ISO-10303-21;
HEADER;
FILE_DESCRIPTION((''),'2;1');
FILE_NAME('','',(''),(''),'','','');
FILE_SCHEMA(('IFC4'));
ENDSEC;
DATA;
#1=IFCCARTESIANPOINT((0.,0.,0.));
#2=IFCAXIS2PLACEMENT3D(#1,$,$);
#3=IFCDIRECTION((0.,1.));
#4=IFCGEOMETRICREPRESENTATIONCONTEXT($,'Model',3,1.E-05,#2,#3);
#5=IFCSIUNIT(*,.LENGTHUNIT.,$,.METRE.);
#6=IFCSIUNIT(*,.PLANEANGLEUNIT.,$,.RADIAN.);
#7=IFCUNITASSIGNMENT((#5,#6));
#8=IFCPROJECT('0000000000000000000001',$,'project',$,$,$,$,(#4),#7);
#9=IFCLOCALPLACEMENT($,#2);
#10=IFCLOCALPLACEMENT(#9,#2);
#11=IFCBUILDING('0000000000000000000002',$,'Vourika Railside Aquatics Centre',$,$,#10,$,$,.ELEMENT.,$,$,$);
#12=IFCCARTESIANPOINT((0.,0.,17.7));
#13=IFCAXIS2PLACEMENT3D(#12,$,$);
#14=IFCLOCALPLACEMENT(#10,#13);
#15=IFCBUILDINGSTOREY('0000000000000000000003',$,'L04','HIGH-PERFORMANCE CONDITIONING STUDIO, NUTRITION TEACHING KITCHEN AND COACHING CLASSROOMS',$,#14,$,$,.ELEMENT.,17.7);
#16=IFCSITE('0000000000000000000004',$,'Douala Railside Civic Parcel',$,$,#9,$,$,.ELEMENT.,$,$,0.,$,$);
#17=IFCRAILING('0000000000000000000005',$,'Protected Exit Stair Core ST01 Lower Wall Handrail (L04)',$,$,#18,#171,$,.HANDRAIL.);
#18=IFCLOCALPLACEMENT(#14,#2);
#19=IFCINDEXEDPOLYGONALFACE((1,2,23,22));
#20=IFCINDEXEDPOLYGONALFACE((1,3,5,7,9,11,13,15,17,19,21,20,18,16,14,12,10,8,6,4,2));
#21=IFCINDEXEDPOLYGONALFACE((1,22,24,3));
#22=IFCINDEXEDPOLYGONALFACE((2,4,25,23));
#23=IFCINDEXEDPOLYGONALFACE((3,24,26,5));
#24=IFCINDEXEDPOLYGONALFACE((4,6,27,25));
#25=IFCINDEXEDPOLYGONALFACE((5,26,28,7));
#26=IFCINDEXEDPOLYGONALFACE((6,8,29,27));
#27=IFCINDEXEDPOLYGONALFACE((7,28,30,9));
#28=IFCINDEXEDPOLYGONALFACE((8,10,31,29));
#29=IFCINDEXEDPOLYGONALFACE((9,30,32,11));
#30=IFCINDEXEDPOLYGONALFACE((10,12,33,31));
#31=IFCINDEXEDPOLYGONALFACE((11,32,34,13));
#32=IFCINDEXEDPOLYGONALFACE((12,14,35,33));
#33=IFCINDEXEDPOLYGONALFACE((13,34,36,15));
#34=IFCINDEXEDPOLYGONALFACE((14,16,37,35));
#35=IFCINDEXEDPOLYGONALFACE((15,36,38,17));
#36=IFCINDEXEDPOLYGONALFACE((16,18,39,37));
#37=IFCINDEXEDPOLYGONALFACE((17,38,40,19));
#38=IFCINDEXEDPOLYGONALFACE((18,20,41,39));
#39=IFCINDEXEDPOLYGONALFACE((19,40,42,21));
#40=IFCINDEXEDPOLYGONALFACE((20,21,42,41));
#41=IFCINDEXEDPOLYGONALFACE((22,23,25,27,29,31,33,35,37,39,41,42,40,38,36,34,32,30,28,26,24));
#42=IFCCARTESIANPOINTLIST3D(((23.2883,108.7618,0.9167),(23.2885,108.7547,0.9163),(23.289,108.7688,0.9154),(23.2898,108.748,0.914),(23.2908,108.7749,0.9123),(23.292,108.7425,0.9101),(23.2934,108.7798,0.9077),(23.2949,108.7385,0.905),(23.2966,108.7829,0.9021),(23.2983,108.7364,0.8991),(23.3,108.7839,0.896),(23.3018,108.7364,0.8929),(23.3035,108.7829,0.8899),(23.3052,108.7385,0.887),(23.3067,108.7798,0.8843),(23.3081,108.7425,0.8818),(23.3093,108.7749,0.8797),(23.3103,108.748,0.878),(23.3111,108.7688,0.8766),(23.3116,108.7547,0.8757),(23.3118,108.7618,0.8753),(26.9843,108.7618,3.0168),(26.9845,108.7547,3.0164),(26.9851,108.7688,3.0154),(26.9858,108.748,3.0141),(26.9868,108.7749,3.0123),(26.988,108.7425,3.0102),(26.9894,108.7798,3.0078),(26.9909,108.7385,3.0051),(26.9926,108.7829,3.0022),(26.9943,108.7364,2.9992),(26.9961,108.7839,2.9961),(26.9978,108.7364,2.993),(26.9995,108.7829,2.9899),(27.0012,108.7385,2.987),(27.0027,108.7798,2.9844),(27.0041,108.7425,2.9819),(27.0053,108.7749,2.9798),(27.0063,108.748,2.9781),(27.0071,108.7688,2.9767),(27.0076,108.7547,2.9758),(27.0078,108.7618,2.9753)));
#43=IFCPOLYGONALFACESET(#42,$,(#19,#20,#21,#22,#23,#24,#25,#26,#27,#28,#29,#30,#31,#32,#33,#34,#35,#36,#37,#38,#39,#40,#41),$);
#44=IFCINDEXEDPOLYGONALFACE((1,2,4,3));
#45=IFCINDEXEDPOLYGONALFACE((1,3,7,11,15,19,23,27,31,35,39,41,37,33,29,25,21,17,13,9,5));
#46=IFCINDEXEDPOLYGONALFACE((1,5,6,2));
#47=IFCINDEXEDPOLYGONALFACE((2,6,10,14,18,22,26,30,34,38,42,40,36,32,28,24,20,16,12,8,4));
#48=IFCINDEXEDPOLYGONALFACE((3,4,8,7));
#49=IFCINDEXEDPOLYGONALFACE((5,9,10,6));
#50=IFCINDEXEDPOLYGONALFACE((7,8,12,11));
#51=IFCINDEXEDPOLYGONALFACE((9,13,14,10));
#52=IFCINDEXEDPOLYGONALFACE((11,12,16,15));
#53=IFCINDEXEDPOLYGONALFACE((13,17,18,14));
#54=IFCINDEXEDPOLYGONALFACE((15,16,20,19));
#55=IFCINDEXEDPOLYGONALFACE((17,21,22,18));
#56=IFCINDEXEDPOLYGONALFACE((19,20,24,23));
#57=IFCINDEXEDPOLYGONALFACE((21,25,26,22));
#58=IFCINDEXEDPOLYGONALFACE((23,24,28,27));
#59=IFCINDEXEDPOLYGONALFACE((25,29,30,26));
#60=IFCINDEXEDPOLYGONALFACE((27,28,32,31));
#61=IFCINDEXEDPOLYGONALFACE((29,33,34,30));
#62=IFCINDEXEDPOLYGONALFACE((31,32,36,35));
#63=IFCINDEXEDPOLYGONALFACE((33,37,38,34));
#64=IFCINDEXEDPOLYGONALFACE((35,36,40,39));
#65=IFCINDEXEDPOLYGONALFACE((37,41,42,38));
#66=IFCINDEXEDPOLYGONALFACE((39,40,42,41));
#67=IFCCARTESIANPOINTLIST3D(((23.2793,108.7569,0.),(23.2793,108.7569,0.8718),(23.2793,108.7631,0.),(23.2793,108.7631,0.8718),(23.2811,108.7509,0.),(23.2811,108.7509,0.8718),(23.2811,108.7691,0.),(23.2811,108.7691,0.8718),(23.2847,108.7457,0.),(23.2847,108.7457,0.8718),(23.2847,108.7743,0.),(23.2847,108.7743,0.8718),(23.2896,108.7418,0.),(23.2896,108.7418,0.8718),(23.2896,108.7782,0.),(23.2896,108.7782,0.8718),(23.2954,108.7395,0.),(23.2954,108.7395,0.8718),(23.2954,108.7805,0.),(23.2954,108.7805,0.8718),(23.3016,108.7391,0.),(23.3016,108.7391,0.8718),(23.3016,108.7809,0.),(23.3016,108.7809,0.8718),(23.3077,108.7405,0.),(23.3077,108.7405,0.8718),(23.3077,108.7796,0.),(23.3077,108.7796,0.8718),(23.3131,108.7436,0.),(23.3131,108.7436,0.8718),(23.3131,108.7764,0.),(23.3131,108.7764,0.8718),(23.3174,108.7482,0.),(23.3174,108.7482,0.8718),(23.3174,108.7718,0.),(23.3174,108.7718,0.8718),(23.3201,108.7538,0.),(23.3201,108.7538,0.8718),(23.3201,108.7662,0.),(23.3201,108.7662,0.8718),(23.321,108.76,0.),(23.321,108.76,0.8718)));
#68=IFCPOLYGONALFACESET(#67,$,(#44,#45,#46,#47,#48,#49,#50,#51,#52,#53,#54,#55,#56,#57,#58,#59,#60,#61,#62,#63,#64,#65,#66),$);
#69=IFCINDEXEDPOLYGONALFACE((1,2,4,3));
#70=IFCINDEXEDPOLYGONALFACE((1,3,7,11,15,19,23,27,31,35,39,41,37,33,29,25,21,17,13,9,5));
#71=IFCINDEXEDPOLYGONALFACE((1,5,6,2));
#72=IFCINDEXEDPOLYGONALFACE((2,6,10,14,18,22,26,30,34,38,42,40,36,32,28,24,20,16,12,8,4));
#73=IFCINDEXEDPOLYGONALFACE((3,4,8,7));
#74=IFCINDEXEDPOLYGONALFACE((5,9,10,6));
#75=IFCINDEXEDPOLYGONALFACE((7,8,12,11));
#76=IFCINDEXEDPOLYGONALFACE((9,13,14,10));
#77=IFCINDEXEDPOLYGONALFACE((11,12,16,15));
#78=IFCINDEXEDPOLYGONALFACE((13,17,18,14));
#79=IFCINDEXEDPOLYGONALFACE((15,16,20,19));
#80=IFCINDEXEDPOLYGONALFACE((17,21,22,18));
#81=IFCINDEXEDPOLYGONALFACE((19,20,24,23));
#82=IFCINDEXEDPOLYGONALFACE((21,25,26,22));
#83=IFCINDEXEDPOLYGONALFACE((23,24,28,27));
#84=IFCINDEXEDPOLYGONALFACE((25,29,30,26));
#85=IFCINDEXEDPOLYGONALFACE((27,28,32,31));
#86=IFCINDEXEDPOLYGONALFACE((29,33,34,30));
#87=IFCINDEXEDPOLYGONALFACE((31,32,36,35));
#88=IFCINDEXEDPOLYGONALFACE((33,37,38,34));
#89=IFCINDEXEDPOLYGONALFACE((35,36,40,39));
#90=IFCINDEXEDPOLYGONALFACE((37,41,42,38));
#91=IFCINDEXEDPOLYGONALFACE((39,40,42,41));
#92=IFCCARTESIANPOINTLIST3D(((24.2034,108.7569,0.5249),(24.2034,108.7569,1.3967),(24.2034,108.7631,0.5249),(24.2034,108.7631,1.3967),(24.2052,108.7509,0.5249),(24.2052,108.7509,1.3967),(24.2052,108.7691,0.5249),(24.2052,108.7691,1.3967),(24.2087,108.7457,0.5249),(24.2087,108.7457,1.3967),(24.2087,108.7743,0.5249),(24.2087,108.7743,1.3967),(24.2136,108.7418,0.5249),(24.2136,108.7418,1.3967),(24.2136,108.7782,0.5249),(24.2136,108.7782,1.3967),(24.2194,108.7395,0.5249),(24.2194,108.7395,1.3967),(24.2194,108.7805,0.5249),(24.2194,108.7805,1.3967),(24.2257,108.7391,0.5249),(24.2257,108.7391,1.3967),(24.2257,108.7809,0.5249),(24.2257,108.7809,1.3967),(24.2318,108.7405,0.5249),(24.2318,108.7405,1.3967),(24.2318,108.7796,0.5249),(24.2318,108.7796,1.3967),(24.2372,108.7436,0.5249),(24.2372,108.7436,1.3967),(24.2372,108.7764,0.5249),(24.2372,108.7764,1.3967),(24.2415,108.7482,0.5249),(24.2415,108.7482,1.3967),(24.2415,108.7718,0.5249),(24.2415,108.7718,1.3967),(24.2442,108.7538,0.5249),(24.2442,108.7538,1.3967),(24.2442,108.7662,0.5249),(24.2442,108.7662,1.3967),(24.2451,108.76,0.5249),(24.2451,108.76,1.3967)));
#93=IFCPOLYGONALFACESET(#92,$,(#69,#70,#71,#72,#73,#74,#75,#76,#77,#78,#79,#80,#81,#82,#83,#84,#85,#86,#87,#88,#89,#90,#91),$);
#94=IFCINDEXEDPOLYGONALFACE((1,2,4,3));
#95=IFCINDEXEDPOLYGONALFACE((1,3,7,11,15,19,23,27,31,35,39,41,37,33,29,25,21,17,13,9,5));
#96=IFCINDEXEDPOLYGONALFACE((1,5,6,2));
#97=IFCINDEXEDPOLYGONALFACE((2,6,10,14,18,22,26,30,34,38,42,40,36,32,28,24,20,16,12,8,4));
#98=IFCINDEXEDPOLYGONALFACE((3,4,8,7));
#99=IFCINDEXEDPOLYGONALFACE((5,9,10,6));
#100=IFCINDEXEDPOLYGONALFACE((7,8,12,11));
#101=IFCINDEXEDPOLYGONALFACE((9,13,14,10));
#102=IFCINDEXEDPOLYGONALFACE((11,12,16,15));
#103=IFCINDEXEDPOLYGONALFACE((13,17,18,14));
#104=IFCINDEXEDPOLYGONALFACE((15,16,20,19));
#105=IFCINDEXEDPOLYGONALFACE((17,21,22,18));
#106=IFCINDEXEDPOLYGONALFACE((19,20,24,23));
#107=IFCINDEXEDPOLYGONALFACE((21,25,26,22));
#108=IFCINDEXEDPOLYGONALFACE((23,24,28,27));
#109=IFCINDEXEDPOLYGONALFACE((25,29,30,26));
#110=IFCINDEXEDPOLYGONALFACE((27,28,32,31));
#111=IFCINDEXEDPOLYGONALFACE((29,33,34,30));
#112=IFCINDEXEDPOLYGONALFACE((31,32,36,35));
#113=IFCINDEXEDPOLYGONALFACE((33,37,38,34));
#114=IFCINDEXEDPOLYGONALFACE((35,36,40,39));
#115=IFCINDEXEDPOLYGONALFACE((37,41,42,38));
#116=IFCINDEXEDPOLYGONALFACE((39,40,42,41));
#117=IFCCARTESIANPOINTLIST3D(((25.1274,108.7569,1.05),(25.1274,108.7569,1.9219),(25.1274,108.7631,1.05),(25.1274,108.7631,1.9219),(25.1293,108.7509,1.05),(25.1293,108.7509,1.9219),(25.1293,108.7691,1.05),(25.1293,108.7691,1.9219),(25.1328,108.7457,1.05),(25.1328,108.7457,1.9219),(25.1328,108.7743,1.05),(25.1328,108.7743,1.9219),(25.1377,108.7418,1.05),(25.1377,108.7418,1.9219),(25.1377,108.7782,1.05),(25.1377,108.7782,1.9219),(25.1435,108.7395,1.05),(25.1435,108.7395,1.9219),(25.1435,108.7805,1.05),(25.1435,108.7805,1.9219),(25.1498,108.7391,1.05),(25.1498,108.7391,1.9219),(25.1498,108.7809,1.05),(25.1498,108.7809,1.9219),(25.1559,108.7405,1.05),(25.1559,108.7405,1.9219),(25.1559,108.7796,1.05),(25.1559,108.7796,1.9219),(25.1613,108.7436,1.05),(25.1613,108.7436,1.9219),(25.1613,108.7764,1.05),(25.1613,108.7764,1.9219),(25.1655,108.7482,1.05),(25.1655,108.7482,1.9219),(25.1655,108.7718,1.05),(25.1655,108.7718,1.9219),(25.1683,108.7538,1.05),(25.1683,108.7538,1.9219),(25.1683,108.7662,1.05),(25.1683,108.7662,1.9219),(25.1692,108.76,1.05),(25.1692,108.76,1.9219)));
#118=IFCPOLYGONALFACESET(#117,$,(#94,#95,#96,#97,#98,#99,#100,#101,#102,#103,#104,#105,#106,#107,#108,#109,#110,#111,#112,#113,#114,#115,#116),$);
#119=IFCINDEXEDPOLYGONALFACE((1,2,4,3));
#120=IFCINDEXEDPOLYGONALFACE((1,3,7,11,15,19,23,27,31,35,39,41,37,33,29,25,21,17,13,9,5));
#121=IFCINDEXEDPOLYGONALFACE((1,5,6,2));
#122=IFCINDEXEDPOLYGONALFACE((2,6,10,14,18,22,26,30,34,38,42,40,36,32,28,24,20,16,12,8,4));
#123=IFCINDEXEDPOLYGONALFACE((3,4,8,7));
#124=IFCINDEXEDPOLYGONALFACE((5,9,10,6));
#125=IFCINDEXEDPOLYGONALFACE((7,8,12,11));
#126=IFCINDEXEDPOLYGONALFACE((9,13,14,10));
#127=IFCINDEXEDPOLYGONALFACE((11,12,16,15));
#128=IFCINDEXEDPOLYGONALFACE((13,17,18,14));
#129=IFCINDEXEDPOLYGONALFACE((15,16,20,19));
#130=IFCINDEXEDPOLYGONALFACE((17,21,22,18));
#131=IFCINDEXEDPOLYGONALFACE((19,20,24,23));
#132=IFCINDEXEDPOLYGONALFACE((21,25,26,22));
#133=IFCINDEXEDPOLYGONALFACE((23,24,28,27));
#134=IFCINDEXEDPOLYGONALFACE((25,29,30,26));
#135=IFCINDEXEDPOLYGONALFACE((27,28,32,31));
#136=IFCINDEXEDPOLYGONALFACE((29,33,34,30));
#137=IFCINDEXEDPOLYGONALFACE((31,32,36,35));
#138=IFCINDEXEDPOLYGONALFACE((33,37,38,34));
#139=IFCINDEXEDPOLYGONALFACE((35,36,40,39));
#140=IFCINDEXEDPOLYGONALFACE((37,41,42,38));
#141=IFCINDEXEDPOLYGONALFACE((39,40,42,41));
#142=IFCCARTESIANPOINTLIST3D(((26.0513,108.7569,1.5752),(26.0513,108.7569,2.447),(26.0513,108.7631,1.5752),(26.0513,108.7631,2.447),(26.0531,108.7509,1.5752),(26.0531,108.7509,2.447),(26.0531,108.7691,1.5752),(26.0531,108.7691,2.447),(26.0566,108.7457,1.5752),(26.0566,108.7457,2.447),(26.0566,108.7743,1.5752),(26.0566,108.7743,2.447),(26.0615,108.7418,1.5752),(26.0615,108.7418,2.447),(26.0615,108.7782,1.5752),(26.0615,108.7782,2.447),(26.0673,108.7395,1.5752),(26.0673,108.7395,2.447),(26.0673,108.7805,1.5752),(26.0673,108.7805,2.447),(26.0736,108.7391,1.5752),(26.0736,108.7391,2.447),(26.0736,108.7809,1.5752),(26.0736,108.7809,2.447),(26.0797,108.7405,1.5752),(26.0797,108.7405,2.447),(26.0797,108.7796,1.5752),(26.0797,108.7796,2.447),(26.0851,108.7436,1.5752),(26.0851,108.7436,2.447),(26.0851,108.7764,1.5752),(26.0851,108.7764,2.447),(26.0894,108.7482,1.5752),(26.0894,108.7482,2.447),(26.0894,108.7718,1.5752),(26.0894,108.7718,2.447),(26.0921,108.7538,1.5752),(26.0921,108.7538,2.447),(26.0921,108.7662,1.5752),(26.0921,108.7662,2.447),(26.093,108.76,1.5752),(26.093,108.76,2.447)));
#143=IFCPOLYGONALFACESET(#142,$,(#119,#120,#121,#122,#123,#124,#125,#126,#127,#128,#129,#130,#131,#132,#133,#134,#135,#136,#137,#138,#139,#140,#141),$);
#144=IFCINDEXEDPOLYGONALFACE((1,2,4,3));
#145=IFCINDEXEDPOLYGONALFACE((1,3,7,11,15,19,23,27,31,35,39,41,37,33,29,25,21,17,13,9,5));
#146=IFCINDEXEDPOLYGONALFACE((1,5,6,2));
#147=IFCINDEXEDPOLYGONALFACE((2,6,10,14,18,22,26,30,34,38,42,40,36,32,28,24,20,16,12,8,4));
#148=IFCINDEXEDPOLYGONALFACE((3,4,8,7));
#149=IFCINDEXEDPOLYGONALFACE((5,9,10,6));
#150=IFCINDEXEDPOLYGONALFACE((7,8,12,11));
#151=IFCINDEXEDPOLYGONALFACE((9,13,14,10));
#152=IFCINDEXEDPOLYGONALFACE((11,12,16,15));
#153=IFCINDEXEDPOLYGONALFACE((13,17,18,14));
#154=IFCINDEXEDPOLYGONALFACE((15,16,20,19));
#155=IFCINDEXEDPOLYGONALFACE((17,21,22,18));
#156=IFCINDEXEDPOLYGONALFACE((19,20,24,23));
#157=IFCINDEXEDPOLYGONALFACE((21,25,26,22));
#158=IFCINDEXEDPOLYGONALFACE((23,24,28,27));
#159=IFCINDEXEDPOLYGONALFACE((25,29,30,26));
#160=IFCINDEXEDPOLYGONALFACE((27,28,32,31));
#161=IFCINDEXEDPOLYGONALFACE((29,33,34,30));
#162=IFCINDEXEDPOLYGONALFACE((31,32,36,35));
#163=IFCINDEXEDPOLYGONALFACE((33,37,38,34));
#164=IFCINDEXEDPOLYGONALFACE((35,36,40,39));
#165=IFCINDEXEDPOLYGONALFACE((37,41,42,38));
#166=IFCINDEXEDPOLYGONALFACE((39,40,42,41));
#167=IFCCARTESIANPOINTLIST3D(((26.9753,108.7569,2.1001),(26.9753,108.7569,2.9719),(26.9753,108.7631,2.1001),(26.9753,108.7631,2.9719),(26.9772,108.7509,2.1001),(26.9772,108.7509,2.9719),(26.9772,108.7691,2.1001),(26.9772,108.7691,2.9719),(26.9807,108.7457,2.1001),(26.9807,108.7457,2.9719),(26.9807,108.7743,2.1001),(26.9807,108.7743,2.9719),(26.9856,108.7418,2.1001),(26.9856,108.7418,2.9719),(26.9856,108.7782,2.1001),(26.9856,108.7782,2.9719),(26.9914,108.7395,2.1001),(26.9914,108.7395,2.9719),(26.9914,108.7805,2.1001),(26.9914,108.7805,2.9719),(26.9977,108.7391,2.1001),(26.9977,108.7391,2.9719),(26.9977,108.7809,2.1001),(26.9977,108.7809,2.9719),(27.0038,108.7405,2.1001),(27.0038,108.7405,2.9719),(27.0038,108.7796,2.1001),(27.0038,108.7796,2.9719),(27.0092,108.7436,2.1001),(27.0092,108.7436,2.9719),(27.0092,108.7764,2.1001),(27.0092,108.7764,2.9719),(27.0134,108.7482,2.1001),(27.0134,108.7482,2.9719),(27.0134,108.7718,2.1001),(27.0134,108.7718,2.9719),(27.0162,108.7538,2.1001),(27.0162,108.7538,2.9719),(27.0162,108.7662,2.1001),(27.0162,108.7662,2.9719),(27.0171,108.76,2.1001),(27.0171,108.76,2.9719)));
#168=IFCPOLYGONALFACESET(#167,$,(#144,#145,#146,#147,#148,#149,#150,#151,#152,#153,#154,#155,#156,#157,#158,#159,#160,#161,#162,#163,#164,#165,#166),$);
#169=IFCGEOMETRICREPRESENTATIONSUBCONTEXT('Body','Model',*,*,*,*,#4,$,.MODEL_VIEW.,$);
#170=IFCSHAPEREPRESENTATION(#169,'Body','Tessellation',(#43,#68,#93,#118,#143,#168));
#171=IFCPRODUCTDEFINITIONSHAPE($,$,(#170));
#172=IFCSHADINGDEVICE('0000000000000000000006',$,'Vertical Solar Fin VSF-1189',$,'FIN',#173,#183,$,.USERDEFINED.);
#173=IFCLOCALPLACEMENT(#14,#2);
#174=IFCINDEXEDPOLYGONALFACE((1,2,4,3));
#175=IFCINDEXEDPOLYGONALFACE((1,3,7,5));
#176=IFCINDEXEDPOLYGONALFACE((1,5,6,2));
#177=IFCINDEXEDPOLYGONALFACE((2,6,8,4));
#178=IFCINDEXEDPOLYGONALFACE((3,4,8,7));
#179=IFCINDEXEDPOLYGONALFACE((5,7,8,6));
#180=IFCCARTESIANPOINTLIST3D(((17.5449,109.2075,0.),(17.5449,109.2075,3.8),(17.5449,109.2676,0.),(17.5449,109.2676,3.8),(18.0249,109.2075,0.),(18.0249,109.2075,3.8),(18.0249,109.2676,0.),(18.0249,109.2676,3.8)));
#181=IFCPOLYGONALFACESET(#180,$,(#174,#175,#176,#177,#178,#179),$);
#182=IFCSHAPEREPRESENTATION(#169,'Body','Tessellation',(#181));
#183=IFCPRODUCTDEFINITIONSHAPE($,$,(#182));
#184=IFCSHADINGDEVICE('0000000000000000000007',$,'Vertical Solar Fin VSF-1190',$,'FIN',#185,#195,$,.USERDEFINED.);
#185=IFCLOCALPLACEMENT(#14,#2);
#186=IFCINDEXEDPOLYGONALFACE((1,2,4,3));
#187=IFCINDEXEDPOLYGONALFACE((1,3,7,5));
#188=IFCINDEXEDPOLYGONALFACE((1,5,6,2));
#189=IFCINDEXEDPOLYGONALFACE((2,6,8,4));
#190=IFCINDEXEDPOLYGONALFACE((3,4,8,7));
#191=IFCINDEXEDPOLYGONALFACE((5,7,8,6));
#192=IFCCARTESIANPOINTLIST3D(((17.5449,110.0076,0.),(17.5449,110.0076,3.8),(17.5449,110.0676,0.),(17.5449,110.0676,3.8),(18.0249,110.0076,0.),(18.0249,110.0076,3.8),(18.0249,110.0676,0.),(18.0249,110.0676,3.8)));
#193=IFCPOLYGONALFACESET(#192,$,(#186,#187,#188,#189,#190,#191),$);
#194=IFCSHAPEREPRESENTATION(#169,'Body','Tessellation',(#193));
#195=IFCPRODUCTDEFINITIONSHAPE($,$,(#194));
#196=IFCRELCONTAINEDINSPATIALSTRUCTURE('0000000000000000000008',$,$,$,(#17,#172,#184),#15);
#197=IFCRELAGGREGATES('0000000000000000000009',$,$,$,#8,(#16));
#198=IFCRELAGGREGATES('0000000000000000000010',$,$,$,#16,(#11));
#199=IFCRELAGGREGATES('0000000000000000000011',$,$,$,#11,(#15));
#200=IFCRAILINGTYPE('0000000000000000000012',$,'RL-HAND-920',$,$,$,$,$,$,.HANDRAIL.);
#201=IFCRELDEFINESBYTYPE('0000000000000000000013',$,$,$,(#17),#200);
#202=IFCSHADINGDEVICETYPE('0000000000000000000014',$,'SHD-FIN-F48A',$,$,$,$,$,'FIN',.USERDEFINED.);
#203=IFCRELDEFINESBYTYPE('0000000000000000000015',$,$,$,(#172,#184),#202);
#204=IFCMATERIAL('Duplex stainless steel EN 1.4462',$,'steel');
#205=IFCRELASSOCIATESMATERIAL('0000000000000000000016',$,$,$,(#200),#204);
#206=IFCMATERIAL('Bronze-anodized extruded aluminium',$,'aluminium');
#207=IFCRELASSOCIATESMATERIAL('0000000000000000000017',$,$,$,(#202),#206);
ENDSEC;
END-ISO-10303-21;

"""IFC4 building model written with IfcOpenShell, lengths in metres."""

from ifc_helpers import new_model, si_unit, direction, frame, origin, origin_2d, place, context, subcontext, project, spatial, rectangle, circle, extrude, material, material_profile, profile_set, type_object, element, save


model = new_model("IFC4")

# Units and contexts
model_context = context("Model", 3, precision=1e-05, world=origin(), true_north=direction((0.0, 1.0)))
body_context = subcontext(model_context, "Body", "Model", "MODEL_VIEW")
ifc_project = project(units=[si_unit("LENGTHUNIT", "METRE"), si_unit("PLANEANGLEUNIT", "RADIAN")], contexts=[model_context])

# Site, building, storey
site_placement = place(None, origin())
site = spatial("IfcSite", under=ifc_project, at=site_placement, Name="Douala Railside Civic Parcel", CompositionType="ELEMENT", RefElevation=0.0)
building_placement = place(site_placement, origin())
building = spatial("IfcBuilding", under=site, at=building_placement, Name="Vourika Railside Aquatics Centre", CompositionType="ELEMENT")
storey_placement = place(building_placement, frame((0.0, 0.0, 17.7)))
storey = spatial("IfcBuildingStorey", under=building, at=storey_placement, Name="L04", Description="HIGH-PERFORMANCE CONDITIONING STUDIO, NUTRITION TEACHING KITCHEN AND COACHING CLASSROOMS", CompositionType="ELEMENT", Elevation=17.7)

# Railing
ifc_material_1 = material(Name="Duplex stainless steel EN 1.4462", Category="steel")
railing_type_1 = type_object("IfcRailingType", Name="RL-HAND-920", PredefinedType="HANDRAIL", material=ifc_material_1)
railing_1_placement = place(storey_placement, frame((23.3, 108.76, 0.0)))
element("IfcRailing", 1, at=railing_1_placement, inside=storey, type_object=railing_type_1, Name="Protected Exit Stair Core ST01 Lower Wall Handrail (L04)", PredefinedType="HANDRAIL", context=body_context, shape_type="SweptSolid", body=[
    extrude(circle(Radius=0.0239, at=origin_2d()), frame((0.0, 0.0, 0.896), z_axis=(0.869449, 0.0, 0.494022), x_axis=(0.0, 1.0, 0.0)), (0.0, 0.0, 1.0), 4.251),
    extrude(circle(Radius=0.021, at=origin_2d()), origin(), (0.0, 0.0, 1.0), 0.8718),
    extrude(circle(Radius=0.021, at=origin_2d()), frame((0.9241, 0.0, 0.5249)), (0.0, 0.0, 1.0), 0.8718),
    extrude(circle(Radius=0.021, at=origin_2d()), frame((1.8481, 0.0, 1.05)), (0.0, 0.0, 1.0), 0.8718),
    extrude(circle(Radius=0.021, at=origin_2d()), frame((2.772, 0.0, 1.5752)), (0.0, 0.0, 1.0), 0.8718),
    extrude(circle(Radius=0.021, at=origin_2d()), frame((3.696, 0.0, 2.1001)), (0.0, 0.0, 1.0), 0.8718),
])

# Shading devices
ifc_material_2 = material(Name="Bronze-anodized extruded aluminium", Category="aluminium")
ifc_material_profile_1 = material_profile(ifc_material_2, rectangle(XDim=0.0601, YDim=0.48, at=origin_2d()), Name="ALU-FIN 60x480")
ifc_profile_set_1 = profile_set([ifc_material_profile_1], Name="Bronze-anodized extruded aluminium")
shading_device_type = type_object("IfcShadingDeviceType", Name="SHD-FIN-F48A", ElementType="FIN", PredefinedType="USERDEFINED", material=ifc_profile_set_1)
for number, where, z_axis, x_axis, name in (
    (2, (17.7849, 109.2375, 0.0), (0.0, 0.0, 1.0), (0.0, 1.0, 0.0), "Vertical Solar Fin VSF-1189"),
    (3, (17.7849, 110.0376, 0.0), (0.0, 0.0, 1.0), (0.0, 1.0, 0.0), "Vertical Solar Fin VSF-1190"),
):
    element("IfcShadingDevice", number, at=place(storey_placement, frame(where, z_axis=z_axis, x_axis=x_axis)), inside=storey, type_object=shading_device_type, Name=name, ObjectType="FIN", PredefinedType="USERDEFINED", context=body_context, shape_type="SweptSolid", body=[
        extrude(rectangle(XDim=0.0601, YDim=0.48, at=origin_2d()), origin(), (0.0, 0.0, 1.0), 3.8),
    ])

save(model, "model.ifc")
